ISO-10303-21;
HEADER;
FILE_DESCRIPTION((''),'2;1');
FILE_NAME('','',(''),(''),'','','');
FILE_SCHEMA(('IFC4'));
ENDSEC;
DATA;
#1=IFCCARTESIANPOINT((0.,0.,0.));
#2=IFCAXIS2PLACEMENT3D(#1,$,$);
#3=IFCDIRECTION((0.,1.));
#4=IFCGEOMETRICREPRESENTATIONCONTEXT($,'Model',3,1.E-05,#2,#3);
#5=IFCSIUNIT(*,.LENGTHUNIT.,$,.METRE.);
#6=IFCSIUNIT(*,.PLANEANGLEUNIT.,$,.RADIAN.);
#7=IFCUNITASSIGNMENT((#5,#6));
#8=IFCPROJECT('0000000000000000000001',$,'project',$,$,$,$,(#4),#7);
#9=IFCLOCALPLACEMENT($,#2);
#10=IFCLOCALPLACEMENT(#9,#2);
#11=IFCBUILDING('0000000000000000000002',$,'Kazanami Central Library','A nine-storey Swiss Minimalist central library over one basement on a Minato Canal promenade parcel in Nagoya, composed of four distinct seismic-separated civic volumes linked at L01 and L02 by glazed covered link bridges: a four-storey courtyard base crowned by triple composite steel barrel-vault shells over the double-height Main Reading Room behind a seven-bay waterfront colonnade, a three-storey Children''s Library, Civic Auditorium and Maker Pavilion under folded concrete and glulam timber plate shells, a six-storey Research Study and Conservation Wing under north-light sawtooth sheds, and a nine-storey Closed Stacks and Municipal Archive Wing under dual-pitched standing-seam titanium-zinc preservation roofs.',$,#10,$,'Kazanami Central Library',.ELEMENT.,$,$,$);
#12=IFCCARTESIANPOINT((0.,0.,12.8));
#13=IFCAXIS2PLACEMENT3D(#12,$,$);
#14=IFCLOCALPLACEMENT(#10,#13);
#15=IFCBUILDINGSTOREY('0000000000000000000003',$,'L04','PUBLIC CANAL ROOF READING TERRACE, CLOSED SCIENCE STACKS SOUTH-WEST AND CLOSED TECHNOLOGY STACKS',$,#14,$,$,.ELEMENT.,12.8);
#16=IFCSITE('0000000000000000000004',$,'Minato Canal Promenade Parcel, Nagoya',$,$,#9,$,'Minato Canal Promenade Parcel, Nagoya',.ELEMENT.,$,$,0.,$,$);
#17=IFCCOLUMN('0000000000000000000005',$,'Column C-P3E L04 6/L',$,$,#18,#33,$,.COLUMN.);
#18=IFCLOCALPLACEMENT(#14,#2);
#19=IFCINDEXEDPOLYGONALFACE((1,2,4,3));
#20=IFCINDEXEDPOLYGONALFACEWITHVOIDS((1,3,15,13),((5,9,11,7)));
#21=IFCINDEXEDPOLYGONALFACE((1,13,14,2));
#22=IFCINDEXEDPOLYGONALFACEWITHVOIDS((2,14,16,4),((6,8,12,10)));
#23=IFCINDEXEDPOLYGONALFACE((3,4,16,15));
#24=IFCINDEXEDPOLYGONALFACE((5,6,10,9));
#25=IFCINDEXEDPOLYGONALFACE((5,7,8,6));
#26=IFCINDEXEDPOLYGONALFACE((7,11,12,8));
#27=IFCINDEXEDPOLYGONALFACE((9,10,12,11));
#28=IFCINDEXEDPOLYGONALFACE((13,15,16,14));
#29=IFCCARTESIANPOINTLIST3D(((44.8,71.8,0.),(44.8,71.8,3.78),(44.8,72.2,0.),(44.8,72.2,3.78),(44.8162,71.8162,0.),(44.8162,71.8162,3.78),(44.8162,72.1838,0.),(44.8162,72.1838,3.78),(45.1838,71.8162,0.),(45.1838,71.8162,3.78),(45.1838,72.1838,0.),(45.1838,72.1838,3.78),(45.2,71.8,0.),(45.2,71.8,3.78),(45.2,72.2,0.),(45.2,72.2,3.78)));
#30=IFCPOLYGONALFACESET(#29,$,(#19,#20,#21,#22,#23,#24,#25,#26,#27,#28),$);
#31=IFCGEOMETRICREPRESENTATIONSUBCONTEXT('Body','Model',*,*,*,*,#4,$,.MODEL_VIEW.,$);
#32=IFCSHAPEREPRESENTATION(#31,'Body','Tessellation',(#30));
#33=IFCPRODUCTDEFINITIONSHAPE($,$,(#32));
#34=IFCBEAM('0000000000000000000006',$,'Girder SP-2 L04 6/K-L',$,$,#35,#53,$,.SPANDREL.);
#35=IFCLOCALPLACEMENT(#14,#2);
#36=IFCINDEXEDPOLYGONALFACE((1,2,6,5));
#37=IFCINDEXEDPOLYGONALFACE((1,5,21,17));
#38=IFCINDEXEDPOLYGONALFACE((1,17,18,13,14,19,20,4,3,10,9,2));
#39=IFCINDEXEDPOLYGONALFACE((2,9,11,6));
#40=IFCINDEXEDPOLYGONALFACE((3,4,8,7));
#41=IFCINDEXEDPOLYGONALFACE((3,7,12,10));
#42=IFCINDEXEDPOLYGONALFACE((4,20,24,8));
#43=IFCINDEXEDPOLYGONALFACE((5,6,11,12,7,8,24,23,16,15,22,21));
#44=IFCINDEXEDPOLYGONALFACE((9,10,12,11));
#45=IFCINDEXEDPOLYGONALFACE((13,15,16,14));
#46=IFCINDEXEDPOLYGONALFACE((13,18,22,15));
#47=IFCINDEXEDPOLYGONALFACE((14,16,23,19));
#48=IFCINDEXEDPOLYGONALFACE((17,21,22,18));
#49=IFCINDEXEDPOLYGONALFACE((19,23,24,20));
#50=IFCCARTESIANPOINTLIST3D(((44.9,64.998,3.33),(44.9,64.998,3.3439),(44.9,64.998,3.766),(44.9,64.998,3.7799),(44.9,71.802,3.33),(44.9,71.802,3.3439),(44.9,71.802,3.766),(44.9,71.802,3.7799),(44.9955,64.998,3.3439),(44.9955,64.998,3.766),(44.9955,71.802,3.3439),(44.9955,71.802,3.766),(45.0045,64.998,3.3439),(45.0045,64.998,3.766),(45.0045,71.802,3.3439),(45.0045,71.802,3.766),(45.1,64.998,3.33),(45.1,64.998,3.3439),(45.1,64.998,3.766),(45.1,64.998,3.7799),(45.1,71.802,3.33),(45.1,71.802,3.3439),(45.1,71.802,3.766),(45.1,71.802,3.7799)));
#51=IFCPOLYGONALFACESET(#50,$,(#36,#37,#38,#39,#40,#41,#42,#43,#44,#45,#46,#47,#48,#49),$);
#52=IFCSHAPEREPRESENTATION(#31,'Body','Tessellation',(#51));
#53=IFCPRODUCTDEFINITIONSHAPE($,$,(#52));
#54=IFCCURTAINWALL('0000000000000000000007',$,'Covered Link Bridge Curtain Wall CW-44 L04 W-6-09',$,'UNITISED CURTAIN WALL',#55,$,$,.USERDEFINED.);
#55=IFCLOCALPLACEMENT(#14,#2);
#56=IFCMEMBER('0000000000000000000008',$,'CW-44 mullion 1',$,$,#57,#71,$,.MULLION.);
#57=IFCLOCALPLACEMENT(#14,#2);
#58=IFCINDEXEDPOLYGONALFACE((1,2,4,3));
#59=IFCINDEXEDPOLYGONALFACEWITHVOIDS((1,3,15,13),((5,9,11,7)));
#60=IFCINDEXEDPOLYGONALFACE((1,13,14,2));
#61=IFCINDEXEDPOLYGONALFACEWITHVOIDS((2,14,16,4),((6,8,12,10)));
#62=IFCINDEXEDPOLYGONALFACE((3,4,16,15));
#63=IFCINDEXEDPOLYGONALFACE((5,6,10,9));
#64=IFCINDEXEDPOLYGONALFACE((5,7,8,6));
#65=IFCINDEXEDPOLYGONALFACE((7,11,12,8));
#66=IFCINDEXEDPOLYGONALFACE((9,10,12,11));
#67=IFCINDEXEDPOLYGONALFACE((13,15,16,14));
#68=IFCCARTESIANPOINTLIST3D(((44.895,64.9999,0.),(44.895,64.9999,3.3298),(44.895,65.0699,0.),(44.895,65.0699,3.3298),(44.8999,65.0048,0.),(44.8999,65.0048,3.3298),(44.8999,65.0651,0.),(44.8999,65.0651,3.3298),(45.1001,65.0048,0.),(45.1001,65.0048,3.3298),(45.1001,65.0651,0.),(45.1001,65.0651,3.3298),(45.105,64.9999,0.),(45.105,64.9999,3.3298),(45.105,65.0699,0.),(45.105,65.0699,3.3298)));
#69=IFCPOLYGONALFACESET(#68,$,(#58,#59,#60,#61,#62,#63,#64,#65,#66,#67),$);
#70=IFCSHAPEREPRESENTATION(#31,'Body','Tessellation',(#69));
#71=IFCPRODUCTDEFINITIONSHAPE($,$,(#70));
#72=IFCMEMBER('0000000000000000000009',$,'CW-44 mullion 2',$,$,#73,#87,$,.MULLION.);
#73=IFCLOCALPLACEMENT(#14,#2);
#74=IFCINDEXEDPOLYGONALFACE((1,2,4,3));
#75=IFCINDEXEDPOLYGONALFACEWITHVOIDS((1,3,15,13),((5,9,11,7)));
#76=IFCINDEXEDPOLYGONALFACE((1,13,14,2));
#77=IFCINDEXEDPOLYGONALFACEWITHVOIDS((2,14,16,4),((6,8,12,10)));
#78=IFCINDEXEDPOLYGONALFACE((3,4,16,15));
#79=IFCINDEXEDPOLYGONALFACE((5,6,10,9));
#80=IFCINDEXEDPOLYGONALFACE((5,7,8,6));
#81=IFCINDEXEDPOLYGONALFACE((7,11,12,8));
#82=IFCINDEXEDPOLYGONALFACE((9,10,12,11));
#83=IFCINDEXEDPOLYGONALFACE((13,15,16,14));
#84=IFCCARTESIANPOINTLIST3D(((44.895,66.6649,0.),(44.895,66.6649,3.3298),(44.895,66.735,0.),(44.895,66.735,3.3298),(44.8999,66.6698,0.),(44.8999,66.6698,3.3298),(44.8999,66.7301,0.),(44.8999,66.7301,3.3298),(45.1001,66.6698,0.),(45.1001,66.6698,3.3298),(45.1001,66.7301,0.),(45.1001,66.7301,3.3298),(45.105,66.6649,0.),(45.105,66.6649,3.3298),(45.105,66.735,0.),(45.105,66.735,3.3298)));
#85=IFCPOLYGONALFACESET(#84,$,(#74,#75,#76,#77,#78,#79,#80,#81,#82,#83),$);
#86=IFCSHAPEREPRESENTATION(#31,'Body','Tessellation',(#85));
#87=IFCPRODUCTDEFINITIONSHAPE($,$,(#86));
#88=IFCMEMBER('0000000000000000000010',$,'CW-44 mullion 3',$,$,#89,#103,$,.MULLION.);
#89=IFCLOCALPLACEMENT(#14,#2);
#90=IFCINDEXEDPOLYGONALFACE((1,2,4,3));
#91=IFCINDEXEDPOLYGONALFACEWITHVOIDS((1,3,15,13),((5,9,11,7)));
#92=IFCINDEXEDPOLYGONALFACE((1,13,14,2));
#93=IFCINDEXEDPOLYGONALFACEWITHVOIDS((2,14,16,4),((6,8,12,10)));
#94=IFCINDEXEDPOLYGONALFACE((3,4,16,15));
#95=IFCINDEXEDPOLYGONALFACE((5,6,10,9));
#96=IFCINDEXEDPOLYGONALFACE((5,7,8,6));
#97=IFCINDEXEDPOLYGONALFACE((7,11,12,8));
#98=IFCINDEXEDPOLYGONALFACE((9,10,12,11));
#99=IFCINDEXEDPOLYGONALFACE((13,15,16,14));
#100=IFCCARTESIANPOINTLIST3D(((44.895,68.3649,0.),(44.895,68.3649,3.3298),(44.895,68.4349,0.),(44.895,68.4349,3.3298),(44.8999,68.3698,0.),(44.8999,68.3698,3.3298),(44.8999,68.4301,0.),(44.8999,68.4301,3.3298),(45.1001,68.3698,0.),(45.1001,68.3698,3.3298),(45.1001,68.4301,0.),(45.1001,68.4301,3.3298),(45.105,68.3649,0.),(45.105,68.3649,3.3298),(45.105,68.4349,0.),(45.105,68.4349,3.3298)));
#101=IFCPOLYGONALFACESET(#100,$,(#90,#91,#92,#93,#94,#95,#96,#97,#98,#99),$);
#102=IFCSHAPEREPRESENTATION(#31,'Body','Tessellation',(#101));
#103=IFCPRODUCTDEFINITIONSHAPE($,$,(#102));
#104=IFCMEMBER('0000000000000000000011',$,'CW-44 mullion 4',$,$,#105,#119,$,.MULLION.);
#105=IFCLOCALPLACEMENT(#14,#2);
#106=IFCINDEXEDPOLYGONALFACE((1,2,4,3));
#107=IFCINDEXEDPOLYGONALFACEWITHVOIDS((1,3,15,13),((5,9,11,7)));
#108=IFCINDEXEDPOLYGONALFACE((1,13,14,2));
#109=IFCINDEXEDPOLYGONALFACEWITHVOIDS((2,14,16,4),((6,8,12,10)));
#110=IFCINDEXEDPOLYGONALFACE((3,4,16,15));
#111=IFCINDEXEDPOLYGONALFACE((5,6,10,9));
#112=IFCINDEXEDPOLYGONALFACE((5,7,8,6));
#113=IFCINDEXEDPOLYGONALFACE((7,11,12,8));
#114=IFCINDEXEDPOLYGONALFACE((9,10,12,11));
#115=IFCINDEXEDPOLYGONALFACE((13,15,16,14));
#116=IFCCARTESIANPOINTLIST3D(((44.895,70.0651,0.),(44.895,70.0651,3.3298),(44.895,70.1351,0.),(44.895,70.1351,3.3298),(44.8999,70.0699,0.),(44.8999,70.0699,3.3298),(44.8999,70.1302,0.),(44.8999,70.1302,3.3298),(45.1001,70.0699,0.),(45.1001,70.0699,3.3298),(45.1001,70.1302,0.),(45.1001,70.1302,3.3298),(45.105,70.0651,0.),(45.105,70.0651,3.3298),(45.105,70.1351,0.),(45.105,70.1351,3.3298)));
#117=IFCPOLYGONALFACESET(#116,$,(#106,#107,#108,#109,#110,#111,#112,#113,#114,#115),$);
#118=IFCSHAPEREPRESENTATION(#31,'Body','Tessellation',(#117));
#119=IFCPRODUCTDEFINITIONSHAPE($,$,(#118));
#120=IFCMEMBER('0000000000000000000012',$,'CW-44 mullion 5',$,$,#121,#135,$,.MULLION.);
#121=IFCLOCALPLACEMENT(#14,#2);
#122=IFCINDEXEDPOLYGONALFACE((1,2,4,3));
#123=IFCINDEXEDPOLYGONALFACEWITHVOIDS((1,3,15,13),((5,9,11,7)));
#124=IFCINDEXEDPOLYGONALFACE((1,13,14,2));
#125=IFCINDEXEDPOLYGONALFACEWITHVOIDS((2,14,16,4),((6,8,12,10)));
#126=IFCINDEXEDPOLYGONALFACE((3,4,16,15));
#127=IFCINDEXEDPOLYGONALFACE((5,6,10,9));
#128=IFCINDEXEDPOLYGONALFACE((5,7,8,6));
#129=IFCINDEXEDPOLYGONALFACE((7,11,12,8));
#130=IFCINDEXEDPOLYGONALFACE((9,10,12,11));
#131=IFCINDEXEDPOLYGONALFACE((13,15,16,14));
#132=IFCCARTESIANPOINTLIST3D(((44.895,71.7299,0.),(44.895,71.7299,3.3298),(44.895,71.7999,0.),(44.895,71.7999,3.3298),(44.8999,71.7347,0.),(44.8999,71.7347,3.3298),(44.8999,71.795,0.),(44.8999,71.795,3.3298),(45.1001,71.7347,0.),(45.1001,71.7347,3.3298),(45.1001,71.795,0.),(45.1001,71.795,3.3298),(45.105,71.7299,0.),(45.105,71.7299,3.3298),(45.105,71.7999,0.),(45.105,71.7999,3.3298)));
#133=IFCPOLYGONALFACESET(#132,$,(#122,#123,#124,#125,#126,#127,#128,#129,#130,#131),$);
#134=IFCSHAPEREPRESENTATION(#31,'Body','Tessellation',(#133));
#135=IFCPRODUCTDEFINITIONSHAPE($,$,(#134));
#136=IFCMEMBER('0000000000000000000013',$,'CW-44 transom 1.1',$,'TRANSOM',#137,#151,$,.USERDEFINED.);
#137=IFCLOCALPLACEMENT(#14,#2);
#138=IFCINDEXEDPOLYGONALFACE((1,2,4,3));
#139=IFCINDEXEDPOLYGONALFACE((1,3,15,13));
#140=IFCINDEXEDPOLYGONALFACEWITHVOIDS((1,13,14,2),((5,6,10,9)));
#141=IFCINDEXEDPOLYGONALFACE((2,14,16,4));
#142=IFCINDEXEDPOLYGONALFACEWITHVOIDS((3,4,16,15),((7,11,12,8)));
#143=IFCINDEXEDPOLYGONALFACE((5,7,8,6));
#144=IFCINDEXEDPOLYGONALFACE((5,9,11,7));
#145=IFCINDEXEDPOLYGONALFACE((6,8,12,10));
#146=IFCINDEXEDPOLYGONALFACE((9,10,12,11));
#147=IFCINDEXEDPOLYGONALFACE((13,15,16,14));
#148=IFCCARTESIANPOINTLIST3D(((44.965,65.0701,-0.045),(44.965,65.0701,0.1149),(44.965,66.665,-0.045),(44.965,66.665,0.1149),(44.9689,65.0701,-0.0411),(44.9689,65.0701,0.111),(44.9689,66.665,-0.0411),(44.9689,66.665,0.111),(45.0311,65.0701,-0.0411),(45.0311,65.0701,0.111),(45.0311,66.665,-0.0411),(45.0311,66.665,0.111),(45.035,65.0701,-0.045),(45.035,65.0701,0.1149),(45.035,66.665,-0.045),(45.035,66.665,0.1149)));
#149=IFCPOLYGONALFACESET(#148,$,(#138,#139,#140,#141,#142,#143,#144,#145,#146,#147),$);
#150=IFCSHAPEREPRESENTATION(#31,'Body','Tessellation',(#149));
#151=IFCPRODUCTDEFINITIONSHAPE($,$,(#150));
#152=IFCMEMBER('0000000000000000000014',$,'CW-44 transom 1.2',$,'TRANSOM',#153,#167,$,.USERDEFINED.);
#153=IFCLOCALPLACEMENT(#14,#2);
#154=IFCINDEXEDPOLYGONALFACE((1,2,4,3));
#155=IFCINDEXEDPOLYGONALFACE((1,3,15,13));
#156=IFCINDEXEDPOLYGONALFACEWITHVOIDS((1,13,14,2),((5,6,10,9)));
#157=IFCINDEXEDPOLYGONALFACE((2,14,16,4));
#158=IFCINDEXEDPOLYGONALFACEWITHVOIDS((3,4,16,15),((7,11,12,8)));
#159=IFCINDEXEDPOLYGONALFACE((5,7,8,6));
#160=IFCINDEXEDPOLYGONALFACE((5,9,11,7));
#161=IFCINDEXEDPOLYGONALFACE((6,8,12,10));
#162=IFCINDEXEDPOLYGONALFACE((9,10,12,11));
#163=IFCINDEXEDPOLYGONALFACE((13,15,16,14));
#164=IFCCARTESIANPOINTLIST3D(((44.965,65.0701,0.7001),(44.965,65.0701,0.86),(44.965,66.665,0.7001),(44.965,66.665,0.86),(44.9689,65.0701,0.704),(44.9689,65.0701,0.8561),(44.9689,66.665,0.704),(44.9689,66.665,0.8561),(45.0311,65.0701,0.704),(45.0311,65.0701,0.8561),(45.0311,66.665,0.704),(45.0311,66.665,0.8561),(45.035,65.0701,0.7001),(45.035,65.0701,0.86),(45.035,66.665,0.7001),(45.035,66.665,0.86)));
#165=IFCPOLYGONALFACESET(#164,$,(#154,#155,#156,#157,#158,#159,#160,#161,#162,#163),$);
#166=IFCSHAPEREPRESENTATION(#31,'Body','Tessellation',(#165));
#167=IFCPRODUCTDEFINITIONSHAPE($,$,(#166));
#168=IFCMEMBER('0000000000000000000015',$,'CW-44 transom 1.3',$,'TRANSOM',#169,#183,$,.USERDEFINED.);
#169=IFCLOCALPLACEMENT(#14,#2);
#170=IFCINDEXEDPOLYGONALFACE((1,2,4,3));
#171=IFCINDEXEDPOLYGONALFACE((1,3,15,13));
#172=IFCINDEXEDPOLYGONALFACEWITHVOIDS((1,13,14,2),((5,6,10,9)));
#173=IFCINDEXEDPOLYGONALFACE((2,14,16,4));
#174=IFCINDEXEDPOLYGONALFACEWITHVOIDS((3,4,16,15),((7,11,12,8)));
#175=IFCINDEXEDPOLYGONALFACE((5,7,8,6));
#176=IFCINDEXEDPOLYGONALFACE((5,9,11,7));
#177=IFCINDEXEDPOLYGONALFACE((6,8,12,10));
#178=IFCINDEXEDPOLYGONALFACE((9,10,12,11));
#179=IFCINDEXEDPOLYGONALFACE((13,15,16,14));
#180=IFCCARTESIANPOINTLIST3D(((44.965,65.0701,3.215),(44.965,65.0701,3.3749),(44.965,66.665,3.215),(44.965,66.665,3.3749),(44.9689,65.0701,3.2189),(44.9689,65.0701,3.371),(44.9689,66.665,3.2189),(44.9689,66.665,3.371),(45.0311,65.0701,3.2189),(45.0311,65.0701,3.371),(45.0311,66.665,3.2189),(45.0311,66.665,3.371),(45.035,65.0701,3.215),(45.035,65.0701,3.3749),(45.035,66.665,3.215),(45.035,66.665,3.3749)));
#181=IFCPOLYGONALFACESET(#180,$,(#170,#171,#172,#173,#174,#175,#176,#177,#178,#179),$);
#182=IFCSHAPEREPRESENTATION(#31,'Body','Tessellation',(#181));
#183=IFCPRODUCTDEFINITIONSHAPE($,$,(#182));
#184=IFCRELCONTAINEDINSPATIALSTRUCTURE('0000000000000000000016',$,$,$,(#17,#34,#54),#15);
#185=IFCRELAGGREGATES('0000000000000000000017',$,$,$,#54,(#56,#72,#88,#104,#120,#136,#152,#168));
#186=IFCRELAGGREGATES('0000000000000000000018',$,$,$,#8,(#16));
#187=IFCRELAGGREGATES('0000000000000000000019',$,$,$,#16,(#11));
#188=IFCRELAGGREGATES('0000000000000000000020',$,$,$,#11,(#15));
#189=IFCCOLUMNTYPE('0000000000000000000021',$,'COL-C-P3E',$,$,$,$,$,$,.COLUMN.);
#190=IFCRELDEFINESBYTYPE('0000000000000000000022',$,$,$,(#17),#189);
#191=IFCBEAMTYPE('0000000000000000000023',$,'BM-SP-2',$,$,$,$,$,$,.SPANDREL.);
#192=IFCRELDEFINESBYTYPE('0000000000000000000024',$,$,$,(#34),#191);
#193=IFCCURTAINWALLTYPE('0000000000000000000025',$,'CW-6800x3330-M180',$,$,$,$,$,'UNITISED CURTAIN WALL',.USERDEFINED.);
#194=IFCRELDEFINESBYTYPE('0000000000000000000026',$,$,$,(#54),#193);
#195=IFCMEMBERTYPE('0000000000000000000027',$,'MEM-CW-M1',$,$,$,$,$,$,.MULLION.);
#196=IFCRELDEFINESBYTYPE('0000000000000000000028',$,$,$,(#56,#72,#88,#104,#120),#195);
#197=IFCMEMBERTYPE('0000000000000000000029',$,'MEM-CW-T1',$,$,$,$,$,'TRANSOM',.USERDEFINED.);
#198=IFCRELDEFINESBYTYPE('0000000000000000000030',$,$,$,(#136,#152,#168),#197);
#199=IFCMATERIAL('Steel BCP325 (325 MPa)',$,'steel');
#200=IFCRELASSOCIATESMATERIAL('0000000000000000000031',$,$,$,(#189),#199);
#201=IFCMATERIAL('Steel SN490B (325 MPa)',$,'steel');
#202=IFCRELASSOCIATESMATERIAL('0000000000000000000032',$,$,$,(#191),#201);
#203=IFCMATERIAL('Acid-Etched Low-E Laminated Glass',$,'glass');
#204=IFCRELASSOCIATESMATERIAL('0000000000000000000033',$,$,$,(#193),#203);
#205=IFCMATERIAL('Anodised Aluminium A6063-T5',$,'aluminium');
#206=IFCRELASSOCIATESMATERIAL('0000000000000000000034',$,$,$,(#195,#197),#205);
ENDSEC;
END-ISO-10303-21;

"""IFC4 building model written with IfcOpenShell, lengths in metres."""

from ifc_helpers import new_model, si_unit, direction, frame, origin, origin_2d, place, context, subcontext, project, spatial, hollow_rectangle, i_section, extrude, material, material_profile, profile_set, type_object, element, aggregate, save


model = new_model("IFC4")

# Units and contexts
model_context = context("Model", 3, precision=1e-05, world=origin(), true_north=direction((0.0, 1.0)))
body_context = subcontext(model_context, "Body", "Model", "MODEL_VIEW")
ifc_project = project(units=[si_unit("LENGTHUNIT", "METRE"), si_unit("PLANEANGLEUNIT", "RADIAN")], contexts=[model_context])

# Site, building, storey
site_placement = place(None, origin())
site = spatial("IfcSite", under=ifc_project, at=site_placement, Name="Minato Canal Promenade Parcel, Nagoya", LongName="Minato Canal Promenade Parcel, Nagoya", CompositionType="ELEMENT", RefElevation=0.0)
building_placement = place(site_placement, origin())
building = spatial("IfcBuilding", under=site, at=building_placement, Name="Kazanami Central Library", Description="A nine-storey Swiss Minimalist central library over one basement on a Minato Canal promenade parcel in Nagoya, composed of four distinct seismic-separated civic volumes linked at L01 and L02 by glazed covered link bridges: a four-storey courtyard base crowned by triple composite steel barrel-vault shells over the double-height Main Reading Room behind a seven-bay waterfront colonnade, a three-storey Children's Library, Civic Auditorium and Maker Pavilion under folded concrete and glulam timber plate shells, a six-storey Research Study and Conservation Wing under north-light sawtooth sheds, and a nine-storey Closed Stacks and Municipal Archive Wing under dual-pitched standing-seam titanium-zinc preservation roofs.", LongName="Kazanami Central Library", CompositionType="ELEMENT")
storey_placement = place(building_placement, frame((0.0, 0.0, 12.8)))
storey = spatial("IfcBuildingStorey", under=building, at=storey_placement, Name="L04", Description="PUBLIC CANAL ROOF READING TERRACE, CLOSED SCIENCE STACKS SOUTH-WEST AND CLOSED TECHNOLOGY STACKS", CompositionType="ELEMENT", Elevation=12.8)

# Column
ifc_material_1 = material(Name="Steel BCP325 (325 MPa)", Category="steel")
ifc_material_profile_1 = material_profile(ifc_material_1, hollow_rectangle(XDim=0.3999, YDim=0.3999, WallThickness=0.0161, at=origin_2d()), Name="BCP-400x400x16")
ifc_profile_set_1 = profile_set([ifc_material_profile_1], Name="Steel BCP325 (325 MPa)")
column_type = type_object("IfcColumnType", Name="COL-C-P3E", PredefinedType="COLUMN", material=ifc_profile_set_1)
column_placement = place(storey_placement, frame((45.0, 72.0, 0.0), z_axis=(0.0, 0.0, 1.0), x_axis=(1.0, 0.0, 0.0)))
element("IfcColumn", 1, at=column_placement, inside=storey, type_object=column_type, Name="Column C-P3E L04 6/L", PredefinedType="COLUMN", context=body_context, shape_type="SweptSolid", body=[
    extrude(hollow_rectangle(XDim=0.3999, YDim=0.3999, WallThickness=0.0161, at=origin_2d()), origin(), (0.0, 0.0, 1.0), 3.78),
])

# Beam
ifc_material_2 = material(Name="Steel SN490B (325 MPa)", Category="steel")
ifc_material_profile_2 = material_profile(ifc_material_2, i_section(OverallWidth=0.2, OverallDepth=0.45, WebThickness=0.009, FlangeThickness=0.0139, at=origin_2d()), Name="H-450x200x9x14")
ifc_profile_set_2 = profile_set([ifc_material_profile_2], Name="Steel SN490B (325 MPa)")
beam_type = type_object("IfcBeamType", Name="BM-SP-2", PredefinedType="SPANDREL", material=ifc_profile_set_2)
beam_placement = place(storey_placement, frame((45.0, 64.998, 3.5549), z_axis=(0.0, 1.0, 0.0), x_axis=(-1.0, 0.0, 0.0)))
element("IfcBeam", 2, at=beam_placement, inside=storey, type_object=beam_type, Name="Girder SP-2 L04 6/K-L", PredefinedType="SPANDREL", context=body_context, shape_type="SweptSolid", body=[
    extrude(i_section(OverallWidth=0.2, OverallDepth=0.45, WebThickness=0.009, FlangeThickness=0.0139, at=origin_2d()), origin(), (0.0, 0.0, 1.0), 6.804),
])

# Curtain wall, members
ifc_material_3 = material(Name="Acid-Etched Low-E Laminated Glass", Category="glass")
curtain_wall_type = type_object("IfcCurtainWallType", Name="CW-6800x3330-M180", ElementType="UNITISED CURTAIN WALL", PredefinedType="USERDEFINED", material=ifc_material_3)
curtain_wall_placement = place(storey_placement, origin())
curtain_wall = element("IfcCurtainWall", 3, at=curtain_wall_placement, inside=storey, type_object=curtain_wall_type, Name="Covered Link Bridge Curtain Wall CW-44 L04 W-6-09", ObjectType="UNITISED CURTAIN WALL", PredefinedType="USERDEFINED")
ifc_material_4 = material(Name="Anodised Aluminium A6063-T5", Category="aluminium")
ifc_material_profile_3 = material_profile(ifc_material_4, hollow_rectangle(XDim=0.0701, YDim=0.21, WallThickness=0.0049, at=origin_2d()), Name="ALU-MULL-70x210x5")
ifc_profile_set_3 = profile_set([ifc_material_profile_3], Name="Anodised Aluminium A6063-T5")
member_type_1 = type_object("IfcMemberType", Name="MEM-CW-M1", PredefinedType="MULLION", material=ifc_profile_set_3)
member_1_placement = place(storey_placement, frame((45.0, 65.0349, 0.0), z_axis=(0.0, 0.0, 1.0), x_axis=(0.0, 1.0, 0.0)))
member_1 = element("IfcMember", 4, at=member_1_placement, type_object=member_type_1, Name="CW-44 mullion 1", PredefinedType="MULLION", context=body_context, shape_type="SweptSolid", body=[
    extrude(hollow_rectangle(XDim=0.0701, YDim=0.21, WallThickness=0.0049, at=origin_2d()), origin(), (0.0, 0.0, 1.0), 3.3298),
])
member_2_placement = place(storey_placement, frame((45.0, 66.7, 0.0), z_axis=(0.0, 0.0, 1.0), x_axis=(0.0, 1.0, 0.0)))
member_2 = element("IfcMember", 5, at=member_2_placement, type_object=member_type_1, Name="CW-44 mullion 2", PredefinedType="MULLION", context=body_context, shape_type="SweptSolid", body=[
    extrude(hollow_rectangle(XDim=0.0701, YDim=0.21, WallThickness=0.0049, at=origin_2d()), origin(), (0.0, 0.0, 1.0), 3.3298),
])
member_3_placement = place(storey_placement, frame((45.0, 68.3999, 0.0), z_axis=(0.0, 0.0, 1.0), x_axis=(0.0, 1.0, 0.0)))
member_3 = element("IfcMember", 6, at=member_3_placement, type_object=member_type_1, Name="CW-44 mullion 3", PredefinedType="MULLION", context=body_context, shape_type="SweptSolid", body=[
    extrude(hollow_rectangle(XDim=0.0701, YDim=0.21, WallThickness=0.0049, at=origin_2d()), origin(), (0.0, 0.0, 1.0), 3.3298),
])
member_4_placement = place(storey_placement, frame((45.0, 70.1001, 0.0), z_axis=(0.0, 0.0, 1.0), x_axis=(0.0, 1.0, 0.0)))
member_4 = element("IfcMember", 7, at=member_4_placement, type_object=member_type_1, Name="CW-44 mullion 4", PredefinedType="MULLION", context=body_context, shape_type="SweptSolid", body=[
    extrude(hollow_rectangle(XDim=0.0701, YDim=0.21, WallThickness=0.0049, at=origin_2d()), origin(), (0.0, 0.0, 1.0), 3.3298),
])
member_5_placement = place(storey_placement, frame((45.0, 71.7649, 0.0), z_axis=(0.0, 0.0, 1.0), x_axis=(0.0, 1.0, 0.0)))
member_5 = element("IfcMember", 8, at=member_5_placement, type_object=member_type_1, Name="CW-44 mullion 5", PredefinedType="MULLION", context=body_context, shape_type="SweptSolid", body=[
    extrude(hollow_rectangle(XDim=0.0701, YDim=0.21, WallThickness=0.0049, at=origin_2d()), origin(), (0.0, 0.0, 1.0), 3.3298),
])
ifc_material_profile_4 = material_profile(ifc_material_4, hollow_rectangle(XDim=0.0701, YDim=0.1599, WallThickness=0.0039, at=origin_2d()), Name="ALU-TRAN-70x160x4")
ifc_profile_set_4 = profile_set([ifc_material_profile_4], Name="Anodised Aluminium A6063-T5")
member_type_2 = type_object("IfcMemberType", Name="MEM-CW-T1", ElementType="TRANSOM", PredefinedType="USERDEFINED", material=ifc_profile_set_4)
member_6_placement = place(storey_placement, frame((45.0, 65.0701, 0.0349), z_axis=(0.0, 1.0, 0.0), x_axis=(-1.0, 0.0, 0.0)))
member_6 = element("IfcMember", 9, at=member_6_placement, type_object=member_type_2, Name="CW-44 transom 1.1", ObjectType="TRANSOM", PredefinedType="USERDEFINED", context=body_context, shape_type="SweptSolid", body=[
    extrude(hollow_rectangle(XDim=0.0701, YDim=0.1599, WallThickness=0.0039, at=origin_2d()), origin(), (0.0, 0.0, 1.0), 1.595),
])
member_7_placement = place(storey_placement, frame((45.0, 65.0701, 0.78), z_axis=(0.0, 1.0, 0.0), x_axis=(-1.0, 0.0, 0.0)))
member_7 = element("IfcMember", 10, at=member_7_placement, type_object=member_type_2, Name="CW-44 transom 1.2", ObjectType="TRANSOM", PredefinedType="USERDEFINED", context=body_context, shape_type="SweptSolid", body=[
    extrude(hollow_rectangle(XDim=0.0701, YDim=0.1599, WallThickness=0.0039, at=origin_2d()), origin(), (0.0, 0.0, 1.0), 1.595),
])
member_8_placement = place(storey_placement, frame((45.0, 65.0701, 3.2949), z_axis=(0.0, 1.0, 0.0), x_axis=(-1.0, 0.0, 0.0)))
member_8 = element("IfcMember", 11, at=member_8_placement, type_object=member_type_2, Name="CW-44 transom 1.3", ObjectType="TRANSOM", PredefinedType="USERDEFINED", context=body_context, shape_type="SweptSolid", body=[
    extrude(hollow_rectangle(XDim=0.0701, YDim=0.1599, WallThickness=0.0039, at=origin_2d()), origin(), (0.0, 0.0, 1.0), 1.595),
])
aggregate(curtain_wall, [member_1, member_2, member_3, member_4, member_5, member_6, member_7, member_8])

save(model, "model.ifc")
